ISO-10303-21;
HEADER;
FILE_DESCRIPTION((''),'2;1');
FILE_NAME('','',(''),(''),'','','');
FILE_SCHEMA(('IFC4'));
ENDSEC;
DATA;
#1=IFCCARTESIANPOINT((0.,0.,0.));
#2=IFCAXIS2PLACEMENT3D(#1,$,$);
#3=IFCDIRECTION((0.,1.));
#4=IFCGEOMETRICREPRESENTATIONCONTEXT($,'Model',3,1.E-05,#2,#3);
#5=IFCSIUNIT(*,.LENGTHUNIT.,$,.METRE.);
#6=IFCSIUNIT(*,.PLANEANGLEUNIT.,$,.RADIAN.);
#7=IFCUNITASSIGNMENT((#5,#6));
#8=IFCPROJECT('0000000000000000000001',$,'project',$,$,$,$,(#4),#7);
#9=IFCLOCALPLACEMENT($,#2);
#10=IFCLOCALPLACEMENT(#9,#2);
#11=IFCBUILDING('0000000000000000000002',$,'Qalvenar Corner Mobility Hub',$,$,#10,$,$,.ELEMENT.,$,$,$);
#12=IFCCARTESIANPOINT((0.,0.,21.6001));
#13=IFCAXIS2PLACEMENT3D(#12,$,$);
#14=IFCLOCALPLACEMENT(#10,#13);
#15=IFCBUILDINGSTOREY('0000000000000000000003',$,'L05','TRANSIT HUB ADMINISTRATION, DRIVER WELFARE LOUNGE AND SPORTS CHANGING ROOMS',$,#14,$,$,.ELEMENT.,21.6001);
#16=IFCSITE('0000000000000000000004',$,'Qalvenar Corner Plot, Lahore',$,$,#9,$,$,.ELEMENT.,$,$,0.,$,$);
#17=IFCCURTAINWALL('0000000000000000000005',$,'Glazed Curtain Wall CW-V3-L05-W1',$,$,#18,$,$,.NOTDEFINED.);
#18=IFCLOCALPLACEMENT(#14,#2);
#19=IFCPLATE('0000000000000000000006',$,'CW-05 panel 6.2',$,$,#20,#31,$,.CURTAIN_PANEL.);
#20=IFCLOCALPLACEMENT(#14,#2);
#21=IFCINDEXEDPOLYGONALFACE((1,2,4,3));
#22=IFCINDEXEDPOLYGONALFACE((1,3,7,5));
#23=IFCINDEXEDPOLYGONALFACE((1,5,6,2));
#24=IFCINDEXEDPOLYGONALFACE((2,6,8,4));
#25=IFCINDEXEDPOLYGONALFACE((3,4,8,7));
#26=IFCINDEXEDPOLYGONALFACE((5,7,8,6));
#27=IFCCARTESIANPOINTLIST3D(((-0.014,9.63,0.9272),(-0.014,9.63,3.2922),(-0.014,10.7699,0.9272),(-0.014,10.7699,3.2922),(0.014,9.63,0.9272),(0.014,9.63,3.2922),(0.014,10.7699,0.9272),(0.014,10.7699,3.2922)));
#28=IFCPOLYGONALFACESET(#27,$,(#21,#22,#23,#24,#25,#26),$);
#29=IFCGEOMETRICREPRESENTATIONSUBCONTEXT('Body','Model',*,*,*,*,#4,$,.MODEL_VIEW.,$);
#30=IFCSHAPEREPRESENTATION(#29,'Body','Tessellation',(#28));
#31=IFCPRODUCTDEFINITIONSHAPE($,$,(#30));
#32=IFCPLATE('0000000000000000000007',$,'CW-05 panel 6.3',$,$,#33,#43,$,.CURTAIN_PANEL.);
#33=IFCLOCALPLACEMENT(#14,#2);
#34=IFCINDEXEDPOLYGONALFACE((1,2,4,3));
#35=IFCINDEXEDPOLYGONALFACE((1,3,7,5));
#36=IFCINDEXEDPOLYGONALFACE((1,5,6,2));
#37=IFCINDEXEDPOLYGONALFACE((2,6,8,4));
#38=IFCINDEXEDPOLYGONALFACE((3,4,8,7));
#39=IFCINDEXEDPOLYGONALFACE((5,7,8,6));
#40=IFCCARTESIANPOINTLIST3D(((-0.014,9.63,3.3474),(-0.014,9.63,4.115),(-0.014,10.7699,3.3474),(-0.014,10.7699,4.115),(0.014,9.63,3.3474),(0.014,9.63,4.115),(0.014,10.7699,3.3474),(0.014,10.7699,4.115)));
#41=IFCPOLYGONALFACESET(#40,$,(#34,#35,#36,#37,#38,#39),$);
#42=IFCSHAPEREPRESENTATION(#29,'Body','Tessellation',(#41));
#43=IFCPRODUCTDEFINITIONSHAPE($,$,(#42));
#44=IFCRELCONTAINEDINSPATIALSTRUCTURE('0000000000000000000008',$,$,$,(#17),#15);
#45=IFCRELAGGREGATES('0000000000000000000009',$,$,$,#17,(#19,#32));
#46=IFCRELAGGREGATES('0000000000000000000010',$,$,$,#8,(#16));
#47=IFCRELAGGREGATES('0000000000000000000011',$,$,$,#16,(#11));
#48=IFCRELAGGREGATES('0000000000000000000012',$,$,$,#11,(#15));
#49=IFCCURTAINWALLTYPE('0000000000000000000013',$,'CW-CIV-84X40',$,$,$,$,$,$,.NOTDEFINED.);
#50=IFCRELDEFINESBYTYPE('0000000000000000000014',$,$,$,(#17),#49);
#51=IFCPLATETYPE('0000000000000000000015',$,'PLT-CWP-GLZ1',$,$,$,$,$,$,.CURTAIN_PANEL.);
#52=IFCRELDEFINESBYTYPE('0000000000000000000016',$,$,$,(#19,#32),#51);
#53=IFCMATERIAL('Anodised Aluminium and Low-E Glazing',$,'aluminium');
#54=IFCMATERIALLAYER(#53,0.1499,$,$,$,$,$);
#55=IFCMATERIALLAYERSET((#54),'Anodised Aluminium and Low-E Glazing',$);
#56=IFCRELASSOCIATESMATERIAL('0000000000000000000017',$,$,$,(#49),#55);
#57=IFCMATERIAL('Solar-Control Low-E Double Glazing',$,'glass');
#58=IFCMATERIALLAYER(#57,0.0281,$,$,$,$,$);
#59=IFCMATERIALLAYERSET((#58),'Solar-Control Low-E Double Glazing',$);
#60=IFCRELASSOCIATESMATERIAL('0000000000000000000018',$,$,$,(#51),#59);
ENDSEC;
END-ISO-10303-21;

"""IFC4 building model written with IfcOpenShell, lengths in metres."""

from ifc_helpers import new_model, si_unit, direction, frame, origin, origin_2d, place, context, subcontext, project, spatial, rectangle, extrude, material, layer, layer_set, type_object, element, aggregate, save


model = new_model("IFC4")

# Units and contexts
model_context = context("Model", 3, precision=1e-05, world=origin(), true_north=direction((0.0, 1.0)))
body_context = subcontext(model_context, "Body", "Model", "MODEL_VIEW")
ifc_project = project(units=[si_unit("LENGTHUNIT", "METRE"), si_unit("PLANEANGLEUNIT", "RADIAN")], contexts=[model_context])

# Site, building, storey
site_placement = place(None, origin())
site = spatial("IfcSite", under=ifc_project, at=site_placement, Name="Qalvenar Corner Plot, Lahore", CompositionType="ELEMENT", RefElevation=0.0)
building_placement = place(site_placement, origin())
building = spatial("IfcBuilding", under=site, at=building_placement, Name="Qalvenar Corner Mobility Hub", CompositionType="ELEMENT")
storey_placement = place(building_placement, frame((0.0, 0.0, 21.6001)))
storey = spatial("IfcBuildingStorey", under=building, at=storey_placement, Name="L05", Description="TRANSIT HUB ADMINISTRATION, DRIVER WELFARE LOUNGE AND SPORTS CHANGING ROOMS", CompositionType="ELEMENT", Elevation=21.6001)

# Curtain wall, plates
ifc_material_1 = material(Name="Anodised Aluminium and Low-E Glazing", Category="aluminium")
ifc_layer_1 = layer(ifc_material_1, 0.1499)
ifc_layer_set_1 = layer_set([ifc_layer_1], Name="Anodised Aluminium and Low-E Glazing")
curtain_wall_type = type_object("IfcCurtainWallType", Name="CW-CIV-84X40", PredefinedType="NOTDEFINED", material=ifc_layer_set_1)
curtain_wall_placement = place(storey_placement, origin())
curtain_wall = element("IfcCurtainWall", 1, at=curtain_wall_placement, inside=storey, type_object=curtain_wall_type, Name="Glazed Curtain Wall CW-V3-L05-W1", PredefinedType="NOTDEFINED")
ifc_material_2 = material(Name="Solar-Control Low-E Double Glazing", Category="glass")
ifc_layer_2 = layer(ifc_material_2, 0.0281)
ifc_layer_set_2 = layer_set([ifc_layer_2], Name="Solar-Control Low-E Double Glazing")
plate_type = type_object("IfcPlateType", Name="PLT-CWP-GLZ1", PredefinedType="CURTAIN_PANEL", material=ifc_layer_set_2)
plate_1_placement = place(storey_placement, frame((0.0, 10.2, 0.9272), z_axis=(0.0, 0.0, 1.0), x_axis=(0.0, -1.0, 0.0)))
plate_1 = element("IfcPlate", 2, at=plate_1_placement, type_object=plate_type, Name="CW-05 panel 6.2", PredefinedType="CURTAIN_PANEL", context=body_context, shape_type="SweptSolid", body=[
    extrude(rectangle(XDim=1.1399, YDim=0.0281, at=origin_2d()), origin(), (0.0, 0.0, 1.0), 2.365),
])
plate_2_placement = place(storey_placement, frame((0.0, 10.2, 3.3474), z_axis=(0.0, 0.0, 1.0), x_axis=(0.0, -1.0, 0.0)))
plate_2 = element("IfcPlate", 3, at=plate_2_placement, type_object=plate_type, Name="CW-05 panel 6.3", PredefinedType="CURTAIN_PANEL", context=body_context, shape_type="SweptSolid", body=[
    extrude(rectangle(XDim=1.1399, YDim=0.0281, at=origin_2d()), origin(), (0.0, 0.0, 1.0), 0.7676),
])
aggregate(curtain_wall, [plate_1, plate_2])

save(model, "model.ifc")
